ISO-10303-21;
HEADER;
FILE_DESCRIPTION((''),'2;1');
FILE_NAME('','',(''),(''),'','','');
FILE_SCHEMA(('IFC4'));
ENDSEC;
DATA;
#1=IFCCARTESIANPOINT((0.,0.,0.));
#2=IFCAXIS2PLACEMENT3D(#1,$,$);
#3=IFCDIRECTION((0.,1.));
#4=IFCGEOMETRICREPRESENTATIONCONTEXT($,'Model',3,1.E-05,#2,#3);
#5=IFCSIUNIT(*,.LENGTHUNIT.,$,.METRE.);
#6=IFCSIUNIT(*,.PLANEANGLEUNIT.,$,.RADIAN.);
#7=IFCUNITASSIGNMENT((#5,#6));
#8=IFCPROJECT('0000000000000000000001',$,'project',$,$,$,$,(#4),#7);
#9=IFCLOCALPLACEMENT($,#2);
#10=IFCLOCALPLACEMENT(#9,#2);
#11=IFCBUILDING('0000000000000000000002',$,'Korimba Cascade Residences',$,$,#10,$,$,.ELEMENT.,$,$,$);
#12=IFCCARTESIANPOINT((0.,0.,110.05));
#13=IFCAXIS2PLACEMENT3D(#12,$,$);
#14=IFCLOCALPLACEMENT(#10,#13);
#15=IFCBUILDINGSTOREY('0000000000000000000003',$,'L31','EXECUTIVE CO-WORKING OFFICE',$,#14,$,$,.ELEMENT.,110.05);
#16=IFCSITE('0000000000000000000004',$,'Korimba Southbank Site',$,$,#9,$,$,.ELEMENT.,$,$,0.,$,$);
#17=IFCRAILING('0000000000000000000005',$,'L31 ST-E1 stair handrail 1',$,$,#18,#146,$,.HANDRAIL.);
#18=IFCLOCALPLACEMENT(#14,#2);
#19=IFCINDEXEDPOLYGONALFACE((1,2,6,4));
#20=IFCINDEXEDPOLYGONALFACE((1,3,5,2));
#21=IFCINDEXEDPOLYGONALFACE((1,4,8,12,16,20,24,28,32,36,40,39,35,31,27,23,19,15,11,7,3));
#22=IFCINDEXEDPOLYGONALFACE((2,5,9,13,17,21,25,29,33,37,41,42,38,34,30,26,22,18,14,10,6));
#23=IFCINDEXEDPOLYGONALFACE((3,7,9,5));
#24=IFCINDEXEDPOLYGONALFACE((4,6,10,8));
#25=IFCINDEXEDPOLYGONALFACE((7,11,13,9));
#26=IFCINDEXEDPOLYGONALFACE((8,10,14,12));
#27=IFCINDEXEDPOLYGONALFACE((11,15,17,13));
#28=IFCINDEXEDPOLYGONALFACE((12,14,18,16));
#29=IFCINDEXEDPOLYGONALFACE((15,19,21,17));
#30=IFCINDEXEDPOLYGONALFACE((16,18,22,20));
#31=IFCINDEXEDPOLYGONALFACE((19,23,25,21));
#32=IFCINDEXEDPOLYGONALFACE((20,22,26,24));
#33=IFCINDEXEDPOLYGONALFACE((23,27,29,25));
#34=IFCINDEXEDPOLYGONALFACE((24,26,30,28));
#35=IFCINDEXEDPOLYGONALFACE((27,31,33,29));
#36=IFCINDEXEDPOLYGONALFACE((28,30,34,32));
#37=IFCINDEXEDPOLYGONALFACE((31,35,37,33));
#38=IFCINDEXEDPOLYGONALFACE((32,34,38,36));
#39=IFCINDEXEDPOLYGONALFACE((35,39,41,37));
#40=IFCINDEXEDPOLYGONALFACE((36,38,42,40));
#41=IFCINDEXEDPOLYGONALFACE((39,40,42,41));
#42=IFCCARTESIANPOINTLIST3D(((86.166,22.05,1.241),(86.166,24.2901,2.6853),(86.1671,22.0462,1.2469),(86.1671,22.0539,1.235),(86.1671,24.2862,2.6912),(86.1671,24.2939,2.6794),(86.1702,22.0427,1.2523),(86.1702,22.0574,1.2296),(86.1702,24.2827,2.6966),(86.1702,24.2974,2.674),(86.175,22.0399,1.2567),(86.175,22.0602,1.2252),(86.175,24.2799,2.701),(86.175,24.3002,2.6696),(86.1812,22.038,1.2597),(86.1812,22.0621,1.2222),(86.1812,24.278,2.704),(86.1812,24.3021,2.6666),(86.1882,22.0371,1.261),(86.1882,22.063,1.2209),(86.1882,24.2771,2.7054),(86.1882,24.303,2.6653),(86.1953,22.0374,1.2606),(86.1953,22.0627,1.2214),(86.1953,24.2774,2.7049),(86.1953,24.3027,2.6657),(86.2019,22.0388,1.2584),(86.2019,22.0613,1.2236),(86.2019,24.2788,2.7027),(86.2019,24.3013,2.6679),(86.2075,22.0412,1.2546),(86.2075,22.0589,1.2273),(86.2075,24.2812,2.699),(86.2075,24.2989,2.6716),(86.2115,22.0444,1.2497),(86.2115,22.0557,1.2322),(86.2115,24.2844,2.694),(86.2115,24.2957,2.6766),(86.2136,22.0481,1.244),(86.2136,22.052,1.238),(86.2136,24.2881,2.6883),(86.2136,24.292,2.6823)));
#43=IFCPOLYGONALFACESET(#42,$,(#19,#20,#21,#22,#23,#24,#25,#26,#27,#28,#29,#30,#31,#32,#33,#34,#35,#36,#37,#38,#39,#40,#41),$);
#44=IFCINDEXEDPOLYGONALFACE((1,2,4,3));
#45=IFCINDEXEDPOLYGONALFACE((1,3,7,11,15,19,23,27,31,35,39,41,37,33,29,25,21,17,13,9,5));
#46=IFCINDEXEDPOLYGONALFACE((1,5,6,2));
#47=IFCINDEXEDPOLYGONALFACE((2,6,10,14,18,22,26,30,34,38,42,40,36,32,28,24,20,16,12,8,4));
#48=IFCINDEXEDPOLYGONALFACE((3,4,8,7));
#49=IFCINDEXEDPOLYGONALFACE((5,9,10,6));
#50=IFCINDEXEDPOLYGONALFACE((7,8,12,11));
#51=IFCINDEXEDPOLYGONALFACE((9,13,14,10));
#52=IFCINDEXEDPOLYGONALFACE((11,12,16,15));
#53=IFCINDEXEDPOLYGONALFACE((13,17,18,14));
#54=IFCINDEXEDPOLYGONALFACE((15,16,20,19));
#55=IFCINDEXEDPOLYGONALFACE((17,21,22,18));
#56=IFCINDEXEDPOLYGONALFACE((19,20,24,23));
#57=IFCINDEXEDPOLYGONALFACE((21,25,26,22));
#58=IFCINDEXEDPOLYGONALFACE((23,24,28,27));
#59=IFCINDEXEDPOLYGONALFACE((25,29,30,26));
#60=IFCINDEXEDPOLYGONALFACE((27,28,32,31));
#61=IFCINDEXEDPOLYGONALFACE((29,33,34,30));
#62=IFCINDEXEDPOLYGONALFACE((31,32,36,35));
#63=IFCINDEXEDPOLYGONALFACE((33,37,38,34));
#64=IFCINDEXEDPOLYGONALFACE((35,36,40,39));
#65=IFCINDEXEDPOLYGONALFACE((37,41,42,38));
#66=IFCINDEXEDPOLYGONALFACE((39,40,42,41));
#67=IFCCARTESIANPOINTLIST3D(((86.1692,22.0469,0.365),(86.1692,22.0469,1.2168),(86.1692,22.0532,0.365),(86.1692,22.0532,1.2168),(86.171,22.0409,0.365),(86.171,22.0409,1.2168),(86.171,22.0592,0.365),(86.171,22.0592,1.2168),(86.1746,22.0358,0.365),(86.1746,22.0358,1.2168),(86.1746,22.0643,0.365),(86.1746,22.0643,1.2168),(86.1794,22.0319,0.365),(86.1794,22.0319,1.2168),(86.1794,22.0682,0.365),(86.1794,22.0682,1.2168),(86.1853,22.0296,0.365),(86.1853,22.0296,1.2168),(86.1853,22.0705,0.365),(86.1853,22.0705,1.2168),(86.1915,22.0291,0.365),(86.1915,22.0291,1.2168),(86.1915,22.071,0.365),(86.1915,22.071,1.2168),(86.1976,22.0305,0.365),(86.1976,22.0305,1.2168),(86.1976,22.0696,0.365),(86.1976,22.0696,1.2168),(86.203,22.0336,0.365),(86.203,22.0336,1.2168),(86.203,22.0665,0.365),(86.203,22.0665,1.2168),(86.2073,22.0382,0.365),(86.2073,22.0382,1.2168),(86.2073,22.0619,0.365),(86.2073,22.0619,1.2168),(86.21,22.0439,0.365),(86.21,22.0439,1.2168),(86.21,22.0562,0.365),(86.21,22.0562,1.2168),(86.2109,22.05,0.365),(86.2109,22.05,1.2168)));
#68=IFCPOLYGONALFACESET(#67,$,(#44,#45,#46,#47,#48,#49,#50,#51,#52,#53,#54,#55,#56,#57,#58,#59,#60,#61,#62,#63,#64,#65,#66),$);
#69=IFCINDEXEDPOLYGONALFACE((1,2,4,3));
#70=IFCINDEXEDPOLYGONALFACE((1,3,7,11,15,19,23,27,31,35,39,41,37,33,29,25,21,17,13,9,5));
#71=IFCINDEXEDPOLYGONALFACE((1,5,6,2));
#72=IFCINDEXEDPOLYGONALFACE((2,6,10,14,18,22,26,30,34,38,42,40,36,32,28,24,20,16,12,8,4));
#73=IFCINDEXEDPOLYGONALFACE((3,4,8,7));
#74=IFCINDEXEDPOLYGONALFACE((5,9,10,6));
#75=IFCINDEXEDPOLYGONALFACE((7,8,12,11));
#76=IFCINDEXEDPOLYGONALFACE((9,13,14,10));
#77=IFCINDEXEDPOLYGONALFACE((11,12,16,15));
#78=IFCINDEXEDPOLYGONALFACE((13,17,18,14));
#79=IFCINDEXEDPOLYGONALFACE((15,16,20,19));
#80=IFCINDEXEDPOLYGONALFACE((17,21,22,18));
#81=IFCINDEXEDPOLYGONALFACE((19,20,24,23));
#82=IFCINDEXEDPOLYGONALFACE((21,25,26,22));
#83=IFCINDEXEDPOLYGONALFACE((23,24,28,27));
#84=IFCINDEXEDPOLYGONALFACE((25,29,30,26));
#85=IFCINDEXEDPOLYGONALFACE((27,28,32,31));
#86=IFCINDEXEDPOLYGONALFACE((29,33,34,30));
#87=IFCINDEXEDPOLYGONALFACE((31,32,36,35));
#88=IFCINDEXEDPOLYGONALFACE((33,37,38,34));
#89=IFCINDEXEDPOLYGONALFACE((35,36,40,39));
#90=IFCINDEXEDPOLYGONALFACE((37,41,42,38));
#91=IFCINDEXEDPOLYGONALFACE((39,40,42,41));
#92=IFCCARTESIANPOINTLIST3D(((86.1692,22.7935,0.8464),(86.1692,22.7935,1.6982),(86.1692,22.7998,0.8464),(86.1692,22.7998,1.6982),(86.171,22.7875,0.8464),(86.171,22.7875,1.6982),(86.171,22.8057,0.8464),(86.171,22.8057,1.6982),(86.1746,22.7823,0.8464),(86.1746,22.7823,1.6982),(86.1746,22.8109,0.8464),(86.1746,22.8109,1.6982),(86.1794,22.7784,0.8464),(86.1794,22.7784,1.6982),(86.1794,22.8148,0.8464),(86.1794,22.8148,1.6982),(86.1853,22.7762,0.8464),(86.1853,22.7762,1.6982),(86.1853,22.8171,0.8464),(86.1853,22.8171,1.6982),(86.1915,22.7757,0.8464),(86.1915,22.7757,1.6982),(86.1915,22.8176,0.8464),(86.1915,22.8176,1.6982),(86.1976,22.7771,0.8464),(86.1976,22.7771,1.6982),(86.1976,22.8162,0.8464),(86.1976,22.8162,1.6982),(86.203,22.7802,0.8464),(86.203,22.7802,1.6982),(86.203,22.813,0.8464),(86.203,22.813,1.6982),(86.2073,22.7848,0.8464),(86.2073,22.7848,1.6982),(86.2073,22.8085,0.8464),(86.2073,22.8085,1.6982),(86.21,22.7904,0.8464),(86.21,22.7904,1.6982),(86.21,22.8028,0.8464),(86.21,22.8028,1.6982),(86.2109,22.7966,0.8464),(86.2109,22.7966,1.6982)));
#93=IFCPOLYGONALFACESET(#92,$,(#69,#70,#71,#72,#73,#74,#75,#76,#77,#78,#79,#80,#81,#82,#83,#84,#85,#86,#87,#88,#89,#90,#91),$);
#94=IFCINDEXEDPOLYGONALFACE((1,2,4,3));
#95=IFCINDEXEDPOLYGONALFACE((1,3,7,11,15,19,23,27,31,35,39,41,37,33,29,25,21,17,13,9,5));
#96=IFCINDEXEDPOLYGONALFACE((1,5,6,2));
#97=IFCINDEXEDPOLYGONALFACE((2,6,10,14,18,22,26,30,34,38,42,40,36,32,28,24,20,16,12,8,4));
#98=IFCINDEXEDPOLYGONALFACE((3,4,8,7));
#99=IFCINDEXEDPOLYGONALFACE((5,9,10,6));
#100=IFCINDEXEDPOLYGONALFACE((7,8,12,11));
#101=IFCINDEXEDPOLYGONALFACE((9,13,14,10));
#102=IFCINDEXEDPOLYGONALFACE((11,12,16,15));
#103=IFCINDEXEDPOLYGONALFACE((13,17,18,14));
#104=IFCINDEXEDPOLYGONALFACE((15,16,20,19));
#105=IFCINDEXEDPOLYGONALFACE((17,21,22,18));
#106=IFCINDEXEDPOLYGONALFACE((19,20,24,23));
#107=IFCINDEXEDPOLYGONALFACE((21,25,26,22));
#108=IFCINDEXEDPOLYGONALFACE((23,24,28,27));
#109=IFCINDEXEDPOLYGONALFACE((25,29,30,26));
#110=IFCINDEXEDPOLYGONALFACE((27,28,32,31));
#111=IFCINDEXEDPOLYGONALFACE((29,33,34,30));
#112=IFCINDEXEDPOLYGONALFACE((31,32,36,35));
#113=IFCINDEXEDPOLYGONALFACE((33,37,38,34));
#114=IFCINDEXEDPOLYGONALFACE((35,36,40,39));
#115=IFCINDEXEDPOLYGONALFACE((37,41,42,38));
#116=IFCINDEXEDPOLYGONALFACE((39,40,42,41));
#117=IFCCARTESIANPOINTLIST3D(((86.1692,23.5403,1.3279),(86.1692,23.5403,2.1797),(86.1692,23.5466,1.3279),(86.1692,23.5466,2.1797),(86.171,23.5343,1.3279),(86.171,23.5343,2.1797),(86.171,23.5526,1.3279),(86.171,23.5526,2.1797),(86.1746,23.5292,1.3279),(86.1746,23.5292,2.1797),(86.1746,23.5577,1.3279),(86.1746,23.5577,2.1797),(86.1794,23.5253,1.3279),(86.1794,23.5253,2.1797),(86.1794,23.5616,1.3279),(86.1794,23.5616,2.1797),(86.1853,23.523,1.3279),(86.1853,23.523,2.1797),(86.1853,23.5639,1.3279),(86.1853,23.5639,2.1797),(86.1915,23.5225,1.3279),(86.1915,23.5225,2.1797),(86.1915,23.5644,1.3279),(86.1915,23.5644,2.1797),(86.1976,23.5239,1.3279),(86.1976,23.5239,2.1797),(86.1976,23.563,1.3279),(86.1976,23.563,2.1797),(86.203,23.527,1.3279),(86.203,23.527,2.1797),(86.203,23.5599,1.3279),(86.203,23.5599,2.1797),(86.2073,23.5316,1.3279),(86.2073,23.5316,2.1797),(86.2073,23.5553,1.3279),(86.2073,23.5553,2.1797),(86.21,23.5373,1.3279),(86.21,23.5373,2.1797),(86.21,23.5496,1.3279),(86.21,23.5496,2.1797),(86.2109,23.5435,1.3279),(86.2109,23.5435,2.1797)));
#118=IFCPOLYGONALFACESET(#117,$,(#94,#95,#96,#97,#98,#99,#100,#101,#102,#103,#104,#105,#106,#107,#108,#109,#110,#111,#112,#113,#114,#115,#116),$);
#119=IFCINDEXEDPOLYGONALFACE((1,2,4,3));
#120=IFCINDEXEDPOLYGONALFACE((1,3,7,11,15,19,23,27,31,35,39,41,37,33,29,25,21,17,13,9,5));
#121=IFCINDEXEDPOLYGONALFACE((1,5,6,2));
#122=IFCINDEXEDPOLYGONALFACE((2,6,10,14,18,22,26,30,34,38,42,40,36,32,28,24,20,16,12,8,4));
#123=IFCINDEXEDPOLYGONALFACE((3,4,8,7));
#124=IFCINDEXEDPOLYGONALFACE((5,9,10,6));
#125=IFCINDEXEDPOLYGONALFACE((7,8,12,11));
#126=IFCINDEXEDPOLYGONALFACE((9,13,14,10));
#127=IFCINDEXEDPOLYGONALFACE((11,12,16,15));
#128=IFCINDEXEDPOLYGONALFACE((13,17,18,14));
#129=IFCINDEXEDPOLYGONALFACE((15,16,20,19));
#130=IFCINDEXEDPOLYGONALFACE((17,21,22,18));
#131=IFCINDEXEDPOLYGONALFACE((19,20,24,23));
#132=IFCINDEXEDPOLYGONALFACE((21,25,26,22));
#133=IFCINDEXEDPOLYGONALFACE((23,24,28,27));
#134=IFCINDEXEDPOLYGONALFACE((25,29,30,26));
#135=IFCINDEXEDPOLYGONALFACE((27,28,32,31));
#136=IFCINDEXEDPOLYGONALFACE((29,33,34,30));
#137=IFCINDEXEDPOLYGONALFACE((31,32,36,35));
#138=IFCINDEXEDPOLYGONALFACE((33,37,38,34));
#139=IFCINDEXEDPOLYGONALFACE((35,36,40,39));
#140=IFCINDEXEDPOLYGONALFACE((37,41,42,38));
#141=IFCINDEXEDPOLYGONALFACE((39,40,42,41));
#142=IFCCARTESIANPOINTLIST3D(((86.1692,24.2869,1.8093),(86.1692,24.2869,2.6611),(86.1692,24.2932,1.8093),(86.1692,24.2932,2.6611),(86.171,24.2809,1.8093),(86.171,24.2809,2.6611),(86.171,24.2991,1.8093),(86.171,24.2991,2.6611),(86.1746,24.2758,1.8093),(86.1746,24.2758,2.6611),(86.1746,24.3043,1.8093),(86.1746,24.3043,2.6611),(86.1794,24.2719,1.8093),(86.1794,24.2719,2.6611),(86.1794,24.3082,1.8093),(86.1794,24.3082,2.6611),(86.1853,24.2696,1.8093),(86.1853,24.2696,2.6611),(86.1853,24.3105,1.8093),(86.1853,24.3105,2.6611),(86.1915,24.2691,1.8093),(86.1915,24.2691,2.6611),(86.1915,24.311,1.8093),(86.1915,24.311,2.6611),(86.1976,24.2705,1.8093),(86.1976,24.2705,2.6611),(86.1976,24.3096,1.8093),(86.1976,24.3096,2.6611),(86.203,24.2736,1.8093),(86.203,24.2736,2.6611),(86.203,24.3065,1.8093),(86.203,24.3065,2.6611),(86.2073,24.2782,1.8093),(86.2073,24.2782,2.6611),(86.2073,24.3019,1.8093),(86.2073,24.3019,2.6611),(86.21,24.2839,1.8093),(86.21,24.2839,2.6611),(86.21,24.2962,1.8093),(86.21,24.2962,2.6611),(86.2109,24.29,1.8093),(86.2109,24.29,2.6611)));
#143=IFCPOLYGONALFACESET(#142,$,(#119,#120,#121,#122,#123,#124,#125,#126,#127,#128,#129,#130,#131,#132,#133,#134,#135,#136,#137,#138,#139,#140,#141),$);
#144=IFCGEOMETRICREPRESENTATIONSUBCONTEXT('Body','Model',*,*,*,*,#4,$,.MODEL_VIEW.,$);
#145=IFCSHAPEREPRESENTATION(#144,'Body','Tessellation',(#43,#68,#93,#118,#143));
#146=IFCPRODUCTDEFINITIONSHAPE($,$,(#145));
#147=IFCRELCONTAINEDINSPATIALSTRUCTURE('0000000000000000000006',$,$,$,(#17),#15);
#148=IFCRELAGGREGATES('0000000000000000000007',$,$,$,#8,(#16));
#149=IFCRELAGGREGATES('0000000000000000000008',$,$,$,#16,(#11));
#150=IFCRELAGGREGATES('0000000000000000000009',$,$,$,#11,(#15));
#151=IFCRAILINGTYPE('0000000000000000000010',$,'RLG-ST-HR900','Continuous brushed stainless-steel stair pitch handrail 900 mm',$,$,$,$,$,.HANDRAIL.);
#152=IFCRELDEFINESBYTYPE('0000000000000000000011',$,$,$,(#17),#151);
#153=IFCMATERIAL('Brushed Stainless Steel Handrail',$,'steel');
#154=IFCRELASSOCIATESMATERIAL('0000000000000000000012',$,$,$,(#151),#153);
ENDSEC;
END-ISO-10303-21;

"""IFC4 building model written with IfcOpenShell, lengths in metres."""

from ifc_helpers import new_model, si_unit, direction, frame, origin, origin_2d, place, context, subcontext, project, spatial, circle, extrude, material, type_object, element, save


model = new_model("IFC4")

# Units and contexts
model_context = context("Model", 3, precision=1e-05, world=origin(), true_north=direction((0.0, 1.0)))
body_context = subcontext(model_context, "Body", "Model", "MODEL_VIEW")
ifc_project = project(units=[si_unit("LENGTHUNIT", "METRE"), si_unit("PLANEANGLEUNIT", "RADIAN")], contexts=[model_context])

# Site, building, storey
site_placement = place(None, origin())
site = spatial("IfcSite", under=ifc_project, at=site_placement, Name="Korimba Southbank Site", CompositionType="ELEMENT", RefElevation=0.0)
building_placement = place(site_placement, origin())
building = spatial("IfcBuilding", under=site, at=building_placement, Name="Korimba Cascade Residences", CompositionType="ELEMENT")
storey_placement = place(building_placement, frame((0.0, 0.0, 110.05)))
storey = spatial("IfcBuildingStorey", under=building, at=storey_placement, Name="L31", Description="EXECUTIVE CO-WORKING OFFICE", CompositionType="ELEMENT", Elevation=110.05)

# Railing
ifc_material_1 = material(Name="Brushed Stainless Steel Handrail", Category="steel")
railing_type = type_object("IfcRailingType", Name="RLG-ST-HR900", Description="Continuous brushed stainless-steel stair pitch handrail 900 mm", PredefinedType="HANDRAIL", material=ifc_material_1)
railing_placement = place(storey_placement, frame((86.1899, 22.05, 0.365)))
element("IfcRailing", 1, at=railing_placement, inside=storey, type_object=railing_type, Name="L31 ST-E1 stair handrail 1", PredefinedType="HANDRAIL", context=body_context, shape_type="SweptSolid", body=[
    extrude(circle(Radius=0.0239, at=origin_2d()), frame((0.0, 0.0, 0.876), z_axis=(0.0, 0.840437, 0.54191), x_axis=(-1.0, 0.0, 0.0)), (0.0, 0.0, 1.0), 2.6653),
    extrude(circle(Radius=0.021, at=origin_2d()), origin(), (0.0, 0.0, 1.0), 0.8518),
    extrude(circle(Radius=0.021, at=origin_2d()), frame((0.0, 0.7466, 0.4814)), (0.0, 0.0, 1.0), 0.8518),
    extrude(circle(Radius=0.021, at=origin_2d()), frame((0.0, 1.4934, 0.9629)), (0.0, 0.0, 1.0), 0.8518),
    extrude(circle(Radius=0.021, at=origin_2d()), frame((0.0, 2.24, 1.4443)), (0.0, 0.0, 1.0), 0.8518),
])

save(model, "model.ifc")
